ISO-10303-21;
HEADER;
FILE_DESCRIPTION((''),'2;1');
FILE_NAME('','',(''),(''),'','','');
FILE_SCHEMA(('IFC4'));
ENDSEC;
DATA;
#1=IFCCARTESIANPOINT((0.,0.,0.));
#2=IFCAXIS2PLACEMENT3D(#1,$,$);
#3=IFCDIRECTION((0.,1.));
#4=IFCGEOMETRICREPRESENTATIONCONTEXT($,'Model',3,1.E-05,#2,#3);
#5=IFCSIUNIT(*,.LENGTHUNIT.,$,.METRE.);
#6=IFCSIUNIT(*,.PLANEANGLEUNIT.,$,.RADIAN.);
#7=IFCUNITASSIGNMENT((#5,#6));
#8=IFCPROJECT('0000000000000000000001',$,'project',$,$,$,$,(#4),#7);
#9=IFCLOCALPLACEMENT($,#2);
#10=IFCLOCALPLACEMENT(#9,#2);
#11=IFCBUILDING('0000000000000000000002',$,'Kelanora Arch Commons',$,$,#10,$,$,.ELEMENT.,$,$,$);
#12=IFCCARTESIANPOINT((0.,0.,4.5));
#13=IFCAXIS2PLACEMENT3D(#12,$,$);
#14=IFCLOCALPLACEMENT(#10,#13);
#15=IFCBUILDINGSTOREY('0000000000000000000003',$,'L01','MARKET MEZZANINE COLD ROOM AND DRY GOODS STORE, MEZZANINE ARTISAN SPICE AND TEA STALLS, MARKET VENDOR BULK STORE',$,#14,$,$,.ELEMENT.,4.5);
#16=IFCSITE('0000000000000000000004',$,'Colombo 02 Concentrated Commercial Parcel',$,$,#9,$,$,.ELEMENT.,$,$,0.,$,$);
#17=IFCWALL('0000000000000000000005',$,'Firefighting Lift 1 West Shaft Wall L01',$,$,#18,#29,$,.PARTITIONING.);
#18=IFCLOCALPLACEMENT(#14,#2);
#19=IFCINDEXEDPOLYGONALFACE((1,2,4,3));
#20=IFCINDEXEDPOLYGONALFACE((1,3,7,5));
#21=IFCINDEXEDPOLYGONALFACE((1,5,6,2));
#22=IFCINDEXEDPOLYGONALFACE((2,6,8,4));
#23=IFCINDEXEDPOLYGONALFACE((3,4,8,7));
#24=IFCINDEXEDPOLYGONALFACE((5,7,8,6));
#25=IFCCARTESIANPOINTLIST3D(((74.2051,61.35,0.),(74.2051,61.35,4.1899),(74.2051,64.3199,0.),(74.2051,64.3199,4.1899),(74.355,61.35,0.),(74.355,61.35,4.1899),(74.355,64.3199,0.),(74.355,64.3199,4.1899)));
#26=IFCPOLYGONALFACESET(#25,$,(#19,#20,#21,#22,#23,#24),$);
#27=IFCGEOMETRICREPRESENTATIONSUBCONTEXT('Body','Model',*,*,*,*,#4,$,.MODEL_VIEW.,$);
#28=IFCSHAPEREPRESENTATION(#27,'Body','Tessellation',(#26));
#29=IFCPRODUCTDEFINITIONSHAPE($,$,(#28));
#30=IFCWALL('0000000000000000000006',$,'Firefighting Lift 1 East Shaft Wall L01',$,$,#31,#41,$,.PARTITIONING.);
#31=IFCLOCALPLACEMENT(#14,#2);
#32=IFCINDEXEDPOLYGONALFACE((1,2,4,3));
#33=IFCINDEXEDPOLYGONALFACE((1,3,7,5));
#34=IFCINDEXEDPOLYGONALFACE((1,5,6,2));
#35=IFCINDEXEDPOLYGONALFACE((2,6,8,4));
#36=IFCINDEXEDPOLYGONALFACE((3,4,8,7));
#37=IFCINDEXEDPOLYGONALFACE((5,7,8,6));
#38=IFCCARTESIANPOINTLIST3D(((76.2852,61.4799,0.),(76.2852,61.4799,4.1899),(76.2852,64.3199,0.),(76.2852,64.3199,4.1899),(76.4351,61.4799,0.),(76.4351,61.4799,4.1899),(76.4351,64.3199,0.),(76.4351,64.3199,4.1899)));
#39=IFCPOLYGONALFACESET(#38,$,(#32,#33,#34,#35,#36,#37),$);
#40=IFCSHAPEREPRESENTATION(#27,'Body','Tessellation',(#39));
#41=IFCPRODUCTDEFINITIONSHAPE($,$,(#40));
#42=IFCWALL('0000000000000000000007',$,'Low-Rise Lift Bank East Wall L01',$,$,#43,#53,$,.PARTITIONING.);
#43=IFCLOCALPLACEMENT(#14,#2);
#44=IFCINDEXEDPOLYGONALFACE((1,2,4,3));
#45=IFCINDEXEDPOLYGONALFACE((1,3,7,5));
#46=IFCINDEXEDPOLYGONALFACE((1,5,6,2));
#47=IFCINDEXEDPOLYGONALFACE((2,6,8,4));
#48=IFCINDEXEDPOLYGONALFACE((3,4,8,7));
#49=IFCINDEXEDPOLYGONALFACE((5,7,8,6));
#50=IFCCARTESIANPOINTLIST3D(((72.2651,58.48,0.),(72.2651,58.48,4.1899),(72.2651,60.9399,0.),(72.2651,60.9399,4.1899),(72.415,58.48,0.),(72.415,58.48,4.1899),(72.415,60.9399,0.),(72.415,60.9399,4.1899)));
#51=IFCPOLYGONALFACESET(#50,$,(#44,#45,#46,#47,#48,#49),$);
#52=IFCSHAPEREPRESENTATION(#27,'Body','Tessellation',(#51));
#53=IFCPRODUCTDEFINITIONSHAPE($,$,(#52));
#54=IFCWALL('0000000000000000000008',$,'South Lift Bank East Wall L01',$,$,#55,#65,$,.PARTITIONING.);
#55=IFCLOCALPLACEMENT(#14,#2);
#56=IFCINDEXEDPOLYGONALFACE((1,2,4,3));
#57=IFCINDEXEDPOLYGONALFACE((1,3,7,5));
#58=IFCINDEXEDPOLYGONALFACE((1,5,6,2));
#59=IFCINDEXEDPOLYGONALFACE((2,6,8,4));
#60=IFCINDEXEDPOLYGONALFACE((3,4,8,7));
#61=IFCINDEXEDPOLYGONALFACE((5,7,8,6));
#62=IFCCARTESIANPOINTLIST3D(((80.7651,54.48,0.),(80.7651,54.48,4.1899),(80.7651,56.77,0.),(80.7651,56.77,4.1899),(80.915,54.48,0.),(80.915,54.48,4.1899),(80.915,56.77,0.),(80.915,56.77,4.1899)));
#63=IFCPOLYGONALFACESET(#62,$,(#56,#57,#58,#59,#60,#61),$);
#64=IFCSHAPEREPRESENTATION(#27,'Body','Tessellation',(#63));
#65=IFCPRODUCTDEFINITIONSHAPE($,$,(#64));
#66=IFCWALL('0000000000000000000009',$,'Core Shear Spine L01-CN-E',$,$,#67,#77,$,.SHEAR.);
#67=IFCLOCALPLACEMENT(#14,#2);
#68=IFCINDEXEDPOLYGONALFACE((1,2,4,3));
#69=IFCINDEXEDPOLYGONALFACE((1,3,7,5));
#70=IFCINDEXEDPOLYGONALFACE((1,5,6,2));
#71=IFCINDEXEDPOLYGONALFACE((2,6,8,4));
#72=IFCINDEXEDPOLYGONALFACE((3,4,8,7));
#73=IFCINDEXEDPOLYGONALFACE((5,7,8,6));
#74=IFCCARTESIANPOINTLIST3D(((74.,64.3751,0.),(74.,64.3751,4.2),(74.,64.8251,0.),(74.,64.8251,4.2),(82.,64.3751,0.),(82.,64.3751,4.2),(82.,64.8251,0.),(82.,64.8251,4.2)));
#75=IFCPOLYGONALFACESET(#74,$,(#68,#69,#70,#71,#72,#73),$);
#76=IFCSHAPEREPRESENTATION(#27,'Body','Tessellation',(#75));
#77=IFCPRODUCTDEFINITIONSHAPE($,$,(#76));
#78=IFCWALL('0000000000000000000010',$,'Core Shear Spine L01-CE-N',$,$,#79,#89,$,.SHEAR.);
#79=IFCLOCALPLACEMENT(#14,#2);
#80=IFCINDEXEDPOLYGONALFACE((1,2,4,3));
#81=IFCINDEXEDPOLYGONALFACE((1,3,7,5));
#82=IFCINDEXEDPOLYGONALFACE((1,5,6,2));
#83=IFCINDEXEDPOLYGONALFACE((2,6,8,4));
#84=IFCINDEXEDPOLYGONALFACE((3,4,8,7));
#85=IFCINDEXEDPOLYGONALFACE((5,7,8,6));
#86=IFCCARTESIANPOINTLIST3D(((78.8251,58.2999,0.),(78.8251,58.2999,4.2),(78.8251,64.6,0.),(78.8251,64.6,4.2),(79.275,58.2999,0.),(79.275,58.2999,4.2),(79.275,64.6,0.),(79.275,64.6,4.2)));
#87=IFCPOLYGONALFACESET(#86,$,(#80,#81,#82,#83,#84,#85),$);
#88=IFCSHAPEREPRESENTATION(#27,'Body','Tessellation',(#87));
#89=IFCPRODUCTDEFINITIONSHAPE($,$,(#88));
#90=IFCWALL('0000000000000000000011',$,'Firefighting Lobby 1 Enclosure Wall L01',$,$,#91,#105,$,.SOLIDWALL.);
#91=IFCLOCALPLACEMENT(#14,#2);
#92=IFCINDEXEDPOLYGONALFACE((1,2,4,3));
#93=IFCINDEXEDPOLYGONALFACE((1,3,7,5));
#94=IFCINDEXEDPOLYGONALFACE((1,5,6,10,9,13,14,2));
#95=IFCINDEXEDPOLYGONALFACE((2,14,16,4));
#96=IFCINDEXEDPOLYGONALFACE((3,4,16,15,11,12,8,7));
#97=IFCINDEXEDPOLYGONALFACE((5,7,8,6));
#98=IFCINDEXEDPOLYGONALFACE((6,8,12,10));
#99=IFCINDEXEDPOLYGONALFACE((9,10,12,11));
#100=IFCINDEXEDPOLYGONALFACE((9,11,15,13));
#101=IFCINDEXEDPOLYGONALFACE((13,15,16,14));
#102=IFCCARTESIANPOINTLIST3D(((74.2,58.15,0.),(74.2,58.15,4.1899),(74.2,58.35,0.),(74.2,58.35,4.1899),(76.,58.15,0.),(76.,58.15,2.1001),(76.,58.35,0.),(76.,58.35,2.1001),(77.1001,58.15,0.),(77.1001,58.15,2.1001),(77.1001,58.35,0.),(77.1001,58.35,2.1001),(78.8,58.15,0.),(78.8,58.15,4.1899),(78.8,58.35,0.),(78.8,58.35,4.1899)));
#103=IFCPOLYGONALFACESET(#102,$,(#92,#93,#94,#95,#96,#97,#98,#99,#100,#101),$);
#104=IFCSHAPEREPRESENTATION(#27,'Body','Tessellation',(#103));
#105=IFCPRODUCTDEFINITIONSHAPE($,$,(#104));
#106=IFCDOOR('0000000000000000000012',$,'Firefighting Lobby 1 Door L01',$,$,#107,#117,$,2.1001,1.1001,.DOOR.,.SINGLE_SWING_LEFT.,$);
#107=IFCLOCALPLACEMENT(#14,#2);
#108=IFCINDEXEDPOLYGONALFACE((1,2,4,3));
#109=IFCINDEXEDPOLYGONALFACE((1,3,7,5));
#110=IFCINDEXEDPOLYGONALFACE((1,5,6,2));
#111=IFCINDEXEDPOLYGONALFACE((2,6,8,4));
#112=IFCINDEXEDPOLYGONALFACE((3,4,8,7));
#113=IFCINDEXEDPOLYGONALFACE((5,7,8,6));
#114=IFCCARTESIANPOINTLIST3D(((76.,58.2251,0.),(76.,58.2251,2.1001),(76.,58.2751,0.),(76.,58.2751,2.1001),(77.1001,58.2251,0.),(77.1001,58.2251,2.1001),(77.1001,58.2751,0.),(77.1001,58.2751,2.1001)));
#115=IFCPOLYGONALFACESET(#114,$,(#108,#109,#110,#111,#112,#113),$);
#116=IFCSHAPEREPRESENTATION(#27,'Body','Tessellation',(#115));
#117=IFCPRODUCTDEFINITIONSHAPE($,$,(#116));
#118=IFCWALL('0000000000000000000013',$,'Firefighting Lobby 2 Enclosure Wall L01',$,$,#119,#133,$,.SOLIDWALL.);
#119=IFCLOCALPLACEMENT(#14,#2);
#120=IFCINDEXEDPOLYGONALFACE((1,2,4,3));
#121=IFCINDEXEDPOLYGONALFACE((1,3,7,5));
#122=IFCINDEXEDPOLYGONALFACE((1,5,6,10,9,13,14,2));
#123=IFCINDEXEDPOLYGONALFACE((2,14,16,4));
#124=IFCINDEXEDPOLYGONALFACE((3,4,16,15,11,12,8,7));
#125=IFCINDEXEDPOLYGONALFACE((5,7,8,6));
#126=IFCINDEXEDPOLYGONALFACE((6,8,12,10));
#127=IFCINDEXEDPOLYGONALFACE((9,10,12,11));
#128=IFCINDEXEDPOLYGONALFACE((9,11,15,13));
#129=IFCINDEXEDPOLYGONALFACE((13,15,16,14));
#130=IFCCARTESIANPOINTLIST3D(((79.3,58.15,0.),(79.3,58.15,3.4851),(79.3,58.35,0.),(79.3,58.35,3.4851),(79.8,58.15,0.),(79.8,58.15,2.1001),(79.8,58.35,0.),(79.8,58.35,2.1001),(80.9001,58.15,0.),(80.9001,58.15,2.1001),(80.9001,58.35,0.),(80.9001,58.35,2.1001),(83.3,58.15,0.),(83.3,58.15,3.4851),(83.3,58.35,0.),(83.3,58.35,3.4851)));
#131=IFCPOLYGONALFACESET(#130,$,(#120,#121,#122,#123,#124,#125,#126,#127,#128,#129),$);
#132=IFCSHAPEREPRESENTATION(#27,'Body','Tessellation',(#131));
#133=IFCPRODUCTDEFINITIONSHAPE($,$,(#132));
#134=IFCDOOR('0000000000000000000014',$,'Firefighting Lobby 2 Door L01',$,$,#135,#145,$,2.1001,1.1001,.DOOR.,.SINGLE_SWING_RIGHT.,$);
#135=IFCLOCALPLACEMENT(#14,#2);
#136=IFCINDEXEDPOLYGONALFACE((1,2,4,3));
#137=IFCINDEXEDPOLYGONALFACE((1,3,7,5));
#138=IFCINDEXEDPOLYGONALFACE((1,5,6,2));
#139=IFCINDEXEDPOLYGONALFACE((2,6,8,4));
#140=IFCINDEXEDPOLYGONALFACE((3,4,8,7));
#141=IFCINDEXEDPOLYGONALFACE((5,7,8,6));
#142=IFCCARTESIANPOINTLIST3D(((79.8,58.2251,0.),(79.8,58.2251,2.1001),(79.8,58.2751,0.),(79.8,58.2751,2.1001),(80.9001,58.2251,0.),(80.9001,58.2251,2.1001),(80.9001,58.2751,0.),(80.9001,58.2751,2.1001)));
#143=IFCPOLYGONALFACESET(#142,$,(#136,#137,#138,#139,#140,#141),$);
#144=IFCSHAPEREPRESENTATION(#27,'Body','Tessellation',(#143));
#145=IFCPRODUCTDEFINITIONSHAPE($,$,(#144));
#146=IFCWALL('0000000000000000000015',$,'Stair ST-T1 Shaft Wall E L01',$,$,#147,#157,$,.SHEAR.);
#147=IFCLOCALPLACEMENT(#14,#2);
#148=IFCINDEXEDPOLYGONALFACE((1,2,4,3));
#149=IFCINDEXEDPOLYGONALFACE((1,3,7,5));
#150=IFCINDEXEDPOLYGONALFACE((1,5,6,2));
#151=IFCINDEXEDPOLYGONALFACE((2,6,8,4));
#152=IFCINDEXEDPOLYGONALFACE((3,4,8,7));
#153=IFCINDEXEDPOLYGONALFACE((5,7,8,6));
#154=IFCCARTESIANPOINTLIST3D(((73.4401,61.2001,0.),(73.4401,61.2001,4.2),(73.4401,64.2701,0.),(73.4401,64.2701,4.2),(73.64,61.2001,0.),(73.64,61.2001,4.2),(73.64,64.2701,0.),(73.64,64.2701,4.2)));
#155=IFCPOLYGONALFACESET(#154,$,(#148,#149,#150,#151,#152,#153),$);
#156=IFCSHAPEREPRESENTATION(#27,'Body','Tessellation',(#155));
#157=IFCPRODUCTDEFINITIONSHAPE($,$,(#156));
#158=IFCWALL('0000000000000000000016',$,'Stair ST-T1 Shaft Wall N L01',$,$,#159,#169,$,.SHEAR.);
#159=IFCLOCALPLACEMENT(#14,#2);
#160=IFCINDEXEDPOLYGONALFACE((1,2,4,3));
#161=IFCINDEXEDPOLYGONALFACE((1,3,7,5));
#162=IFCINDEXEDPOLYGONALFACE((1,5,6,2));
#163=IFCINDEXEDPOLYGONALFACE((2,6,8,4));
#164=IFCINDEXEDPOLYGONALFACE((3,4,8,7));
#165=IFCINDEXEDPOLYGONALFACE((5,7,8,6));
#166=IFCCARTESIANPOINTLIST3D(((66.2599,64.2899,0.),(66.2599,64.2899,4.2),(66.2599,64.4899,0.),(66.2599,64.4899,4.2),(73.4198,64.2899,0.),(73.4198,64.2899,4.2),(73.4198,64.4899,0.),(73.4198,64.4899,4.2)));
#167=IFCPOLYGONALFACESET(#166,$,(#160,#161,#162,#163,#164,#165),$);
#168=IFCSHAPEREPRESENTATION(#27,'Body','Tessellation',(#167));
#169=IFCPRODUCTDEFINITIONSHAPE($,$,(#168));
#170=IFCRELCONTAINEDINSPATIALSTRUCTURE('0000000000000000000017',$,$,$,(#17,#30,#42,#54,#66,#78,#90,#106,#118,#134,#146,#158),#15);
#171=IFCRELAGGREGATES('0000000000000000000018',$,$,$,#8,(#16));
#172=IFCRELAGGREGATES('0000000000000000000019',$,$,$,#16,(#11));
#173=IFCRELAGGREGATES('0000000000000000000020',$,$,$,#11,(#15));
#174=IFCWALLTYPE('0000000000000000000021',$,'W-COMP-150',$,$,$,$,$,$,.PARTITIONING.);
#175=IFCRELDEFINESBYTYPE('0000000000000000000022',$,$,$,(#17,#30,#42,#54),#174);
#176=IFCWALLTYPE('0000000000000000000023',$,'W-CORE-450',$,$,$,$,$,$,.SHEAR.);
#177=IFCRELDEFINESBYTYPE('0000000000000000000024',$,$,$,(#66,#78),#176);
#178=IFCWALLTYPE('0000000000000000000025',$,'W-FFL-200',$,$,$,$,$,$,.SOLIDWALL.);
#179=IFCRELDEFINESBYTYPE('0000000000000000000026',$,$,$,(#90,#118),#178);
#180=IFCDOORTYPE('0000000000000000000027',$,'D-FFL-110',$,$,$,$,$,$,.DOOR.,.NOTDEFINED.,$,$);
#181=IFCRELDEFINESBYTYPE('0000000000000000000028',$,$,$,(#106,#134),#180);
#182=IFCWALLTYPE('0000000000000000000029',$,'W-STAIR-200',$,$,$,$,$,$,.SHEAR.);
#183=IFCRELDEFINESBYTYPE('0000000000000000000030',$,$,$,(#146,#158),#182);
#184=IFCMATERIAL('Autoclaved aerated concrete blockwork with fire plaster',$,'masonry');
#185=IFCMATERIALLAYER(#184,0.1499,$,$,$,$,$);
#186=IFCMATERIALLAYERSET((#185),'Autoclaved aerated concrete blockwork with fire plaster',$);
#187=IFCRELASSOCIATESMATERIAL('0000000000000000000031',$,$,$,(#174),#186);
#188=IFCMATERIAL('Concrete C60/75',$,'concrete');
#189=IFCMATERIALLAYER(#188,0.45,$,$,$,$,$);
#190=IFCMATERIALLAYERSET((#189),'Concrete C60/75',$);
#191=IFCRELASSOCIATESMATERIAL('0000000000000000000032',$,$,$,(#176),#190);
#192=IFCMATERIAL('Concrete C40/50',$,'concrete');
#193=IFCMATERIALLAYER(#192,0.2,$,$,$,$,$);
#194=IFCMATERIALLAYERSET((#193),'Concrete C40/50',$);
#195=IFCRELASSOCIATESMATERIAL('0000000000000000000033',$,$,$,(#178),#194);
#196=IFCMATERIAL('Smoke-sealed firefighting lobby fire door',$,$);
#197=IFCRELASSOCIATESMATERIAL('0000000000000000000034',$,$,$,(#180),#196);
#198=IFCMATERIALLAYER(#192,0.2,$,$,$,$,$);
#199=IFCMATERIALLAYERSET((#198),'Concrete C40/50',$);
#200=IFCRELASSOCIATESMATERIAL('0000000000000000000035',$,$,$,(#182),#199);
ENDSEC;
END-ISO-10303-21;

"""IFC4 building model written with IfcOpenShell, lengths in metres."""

from ifc_helpers import new_model, si_unit, direction, frame, frame_2d, origin, place, context, subcontext, project, spatial, rectangle, extrude, material, layer, layer_set, type_object, element, fill, save


model = new_model("IFC4")

# Units and contexts
model_context = context("Model", 3, precision=1e-05, world=origin(), true_north=direction((0.0, 1.0)))
body_context = subcontext(model_context, "Body", "Model", "MODEL_VIEW")
ifc_project = project(units=[si_unit("LENGTHUNIT", "METRE"), si_unit("PLANEANGLEUNIT", "RADIAN")], contexts=[model_context])

# Site, building, storey
site_placement = place(None, origin())
site = spatial("IfcSite", under=ifc_project, at=site_placement, Name="Colombo 02 Concentrated Commercial Parcel", CompositionType="ELEMENT", RefElevation=0.0)
building_placement = place(site_placement, origin())
building = spatial("IfcBuilding", under=site, at=building_placement, Name="Kelanora Arch Commons", CompositionType="ELEMENT")
storey_placement = place(building_placement, frame((0.0, 0.0, 4.5)))
storey = spatial("IfcBuildingStorey", under=building, at=storey_placement, Name="L01", Description="MARKET MEZZANINE COLD ROOM AND DRY GOODS STORE, MEZZANINE ARTISAN SPICE AND TEA STALLS, MARKET VENDOR BULK STORE", CompositionType="ELEMENT", Elevation=4.5)

# Walls
ifc_material_1 = material(Name="Autoclaved aerated concrete blockwork with fire plaster", Category="masonry")
ifc_layer_1 = layer(ifc_material_1, 0.1499)
ifc_layer_set_1 = layer_set([ifc_layer_1], Name="Autoclaved aerated concrete blockwork with fire plaster")
wall_type_1 = type_object("IfcWallType", Name="W-COMP-150", PredefinedType="PARTITIONING", material=ifc_layer_set_1)
wall_1_placement = place(storey_placement, frame((74.28, 61.3501, 0.0), z_axis=(0.0, 0.0, 1.0), x_axis=(0.0, 1.0, 0.0)))
element("IfcWall", 1, at=wall_1_placement, inside=storey, type_object=wall_type_1, Name="Firefighting Lift 1 West Shaft Wall L01", PredefinedType="PARTITIONING", context=body_context, shape_type="SweptSolid", body=[
    extrude(rectangle(XDim=2.97, YDim=0.1499, at=frame_2d((1.4849, 0.0))), origin(), (0.0, 0.0, 1.0), 4.1899),
])
wall_2_placement = place(storey_placement, frame((76.3601, 61.48, 0.0), z_axis=(0.0, 0.0, 1.0), x_axis=(0.0, 1.0, 0.0)))
element("IfcWall", 2, at=wall_2_placement, inside=storey, type_object=wall_type_1, Name="Firefighting Lift 1 East Shaft Wall L01", PredefinedType="PARTITIONING", context=body_context, shape_type="SweptSolid", body=[
    extrude(rectangle(XDim=2.8401, YDim=0.1499, at=frame_2d((1.4199, 0.0))), origin(), (0.0, 0.0, 1.0), 4.1899),
])
wall_3_placement = place(storey_placement, frame((72.3401, 58.48, 0.0), z_axis=(0.0, 0.0, 1.0), x_axis=(0.0, 1.0, 0.0)))
element("IfcWall", 3, at=wall_3_placement, inside=storey, type_object=wall_type_1, Name="Low-Rise Lift Bank East Wall L01", PredefinedType="PARTITIONING", context=body_context, shape_type="SweptSolid", body=[
    extrude(rectangle(XDim=2.46, YDim=0.1499, at=frame_2d((1.23, 0.0))), origin(), (0.0, 0.0, 1.0), 4.1899),
])
wall_4_placement = place(storey_placement, frame((80.8401, 54.48, 0.0), z_axis=(0.0, 0.0, 1.0), x_axis=(0.0, 1.0, 0.0)))
element("IfcWall", 4, at=wall_4_placement, inside=storey, type_object=wall_type_1, Name="South Lift Bank East Wall L01", PredefinedType="PARTITIONING", context=body_context, shape_type="SweptSolid", body=[
    extrude(rectangle(XDim=2.29, YDim=0.1499, at=frame_2d((1.145, 0.0))), origin(), (0.0, 0.0, 1.0), 4.1899),
])
ifc_material_2 = material(Name="Concrete C60/75", Category="concrete")
ifc_layer_2 = layer(ifc_material_2, 0.45)
ifc_layer_set_2 = layer_set([ifc_layer_2], Name="Concrete C60/75")
wall_type_2 = type_object("IfcWallType", Name="W-CORE-450", PredefinedType="SHEAR", material=ifc_layer_set_2)
wall_5_placement = place(storey_placement, frame((74.0, 64.6001, 0.0), z_axis=(0.0, 0.0, 1.0), x_axis=(1.0, 0.0, 0.0)))
element("IfcWall", 5, at=wall_5_placement, inside=storey, type_object=wall_type_2, Name="Core Shear Spine L01-CN-E", PredefinedType="SHEAR", context=body_context, shape_type="SweptSolid", body=[
    extrude(rectangle(XDim=8.0, YDim=0.45, at=frame_2d((4.0, 0.0))), origin(), (0.0, 0.0, 1.0), 4.2),
])
wall_6_placement = place(storey_placement, frame((79.05, 58.3, 0.0), z_axis=(0.0, 0.0, 1.0), x_axis=(0.0, 1.0, 0.0)))
element("IfcWall", 6, at=wall_6_placement, inside=storey, type_object=wall_type_2, Name="Core Shear Spine L01-CE-N", PredefinedType="SHEAR", context=body_context, shape_type="SweptSolid", body=[
    extrude(rectangle(XDim=6.3, YDim=0.45, at=frame_2d((3.1499, 0.0))), origin(), (0.0, 0.0, 1.0), 4.2),
])

# Walls, openings, doors
ifc_material_3 = material(Name="Concrete C40/50", Category="concrete")
ifc_layer_3 = layer(ifc_material_3, 0.2)
ifc_layer_set_3 = layer_set([ifc_layer_3], Name="Concrete C40/50")
wall_type_3 = type_object("IfcWallType", Name="W-FFL-200", PredefinedType="SOLIDWALL", material=ifc_layer_set_3)
wall_7_placement = place(storey_placement, frame((74.2, 58.25, 0.0), z_axis=(0.0, 0.0, 1.0), x_axis=(1.0, 0.0, 0.0)))
wall_7 = element("IfcWall", 7, at=wall_7_placement, inside=storey, type_object=wall_type_3, Name="Firefighting Lobby 1 Enclosure Wall L01", PredefinedType="SOLIDWALL", context=body_context, shape_type="SweptSolid", body=[
    extrude(rectangle(XDim=4.6001, YDim=0.2, at=frame_2d((2.3, 0.0))), origin(), (0.0, 0.0, 1.0), 4.1899),
])
opening_1_placement = place(wall_7_placement, frame((1.8, 0.0, 0.0)))
opening_1 = element("IfcOpeningElement", 8, at=opening_1_placement, cuts=wall_7, PredefinedType="OPENING", context=body_context, shape_type="SweptSolid", body=[
    extrude(rectangle(XDim=1.1001, YDim=2.1001, at=frame_2d((0.55, 1.05))), frame((0.0, 0.1099, 0.0), z_axis=(0.0, -1.0, 0.0), x_axis=(1.0, 0.0, 0.0)), (0.0, 0.0, 1.0), 0.22),
])
ifc_material_4 = material(Name="Smoke-sealed firefighting lobby fire door")
door_type_1 = type_object("IfcDoorType", Name="D-FFL-110", OperationType="NOTDEFINED", PredefinedType="DOOR", material=ifc_material_4)
door_1_placement = place(opening_1_placement, frame((1.1001, 0.0, 0.0), z_axis=(0.0, 0.0, 1.0), x_axis=(-1.0, 0.0, 0.0)))
door_1 = element("IfcDoor", 9, at=door_1_placement, inside=storey, type_object=door_type_1, Name="Firefighting Lobby 1 Door L01", OperationType="SINGLE_SWING_LEFT", OverallHeight=2.1001, OverallWidth=1.1001, PredefinedType="DOOR", context=body_context, shape_type="SweptSolid", body=[
    extrude(rectangle(XDim=1.1001, YDim=2.1001, at=frame_2d((0.55, 1.05))), frame((0.0, 0.0249, 0.0), z_axis=(0.0, -1.0, 0.0), x_axis=(1.0, 0.0, 0.0)), (0.0, 0.0, 1.0), 0.05),
])
fill(opening_1, door_1)
wall_8_placement = place(storey_placement, frame((79.3, 58.25, 0.0), z_axis=(0.0, 0.0, 1.0), x_axis=(1.0, 0.0, 0.0)))
wall_8 = element("IfcWall", 10, at=wall_8_placement, inside=storey, type_object=wall_type_3, Name="Firefighting Lobby 2 Enclosure Wall L01", PredefinedType="SOLIDWALL", context=body_context, shape_type="SweptSolid", body=[
    extrude(rectangle(XDim=4.0, YDim=0.2, at=frame_2d((2.0, 0.0))), origin(), (0.0, 0.0, 1.0), 3.4851),
])
opening_2_placement = place(wall_8_placement, frame((0.5, 0.0, 0.0)))
opening_2 = element("IfcOpeningElement", 11, at=opening_2_placement, cuts=wall_8, PredefinedType="OPENING", context=body_context, shape_type="SweptSolid", body=[
    extrude(rectangle(XDim=1.1001, YDim=2.1001, at=frame_2d((0.55, 1.05))), frame((0.0, 0.1099, 0.0), z_axis=(0.0, -1.0, 0.0), x_axis=(1.0, 0.0, 0.0)), (0.0, 0.0, 1.0), 0.22),
])
door_2_placement = place(opening_2_placement, frame((1.1001, 0.0, 0.0), z_axis=(0.0, 0.0, 1.0), x_axis=(-1.0, 0.0, 0.0)))
door_2 = element("IfcDoor", 12, at=door_2_placement, inside=storey, type_object=door_type_1, Name="Firefighting Lobby 2 Door L01", OperationType="SINGLE_SWING_RIGHT", OverallHeight=2.1001, OverallWidth=1.1001, PredefinedType="DOOR", context=body_context, shape_type="SweptSolid", body=[
    extrude(rectangle(XDim=1.1001, YDim=2.1001, at=frame_2d((0.55, 1.05))), frame((0.0, 0.0249, 0.0), z_axis=(0.0, -1.0, 0.0), x_axis=(1.0, 0.0, 0.0)), (0.0, 0.0, 1.0), 0.05),
])
fill(opening_2, door_2)

# Walls
ifc_layer_4 = layer(ifc_material_3, 0.2)
ifc_layer_set_4 = layer_set([ifc_layer_4], Name="Concrete C40/50")
wall_type_4 = type_object("IfcWallType", Name="W-STAIR-200", PredefinedType="SHEAR", material=ifc_layer_set_4)
wall_9_placement = place(storey_placement, frame((73.54, 61.2, 0.0), z_axis=(0.0, 0.0, 1.0), x_axis=(0.0, 1.0, 0.0)))
element("IfcWall", 13, at=wall_9_placement, inside=storey, type_object=wall_type_4, Name="Stair ST-T1 Shaft Wall E L01", PredefinedType="SHEAR", context=body_context, shape_type="SweptSolid", body=[
    extrude(rectangle(XDim=3.0701, YDim=0.2, at=frame_2d((1.5352, 0.0))), origin(), (0.0, 0.0, 1.0), 4.2),
])
wall_10_placement = place(storey_placement, frame((73.4199, 64.3899, 0.0), z_axis=(0.0, 0.0, 1.0), x_axis=(-1.0, 0.0, 0.0)))
element("IfcWall", 14, at=wall_10_placement, inside=storey, type_object=wall_type_4, Name="Stair ST-T1 Shaft Wall N L01", PredefinedType="SHEAR", context=body_context, shape_type="SweptSolid", body=[
    extrude(rectangle(XDim=7.1599, YDim=0.2, at=frame_2d((3.5801, 0.0))), origin(), (0.0, 0.0, 1.0), 4.2),
])

save(model, "model.ifc")
